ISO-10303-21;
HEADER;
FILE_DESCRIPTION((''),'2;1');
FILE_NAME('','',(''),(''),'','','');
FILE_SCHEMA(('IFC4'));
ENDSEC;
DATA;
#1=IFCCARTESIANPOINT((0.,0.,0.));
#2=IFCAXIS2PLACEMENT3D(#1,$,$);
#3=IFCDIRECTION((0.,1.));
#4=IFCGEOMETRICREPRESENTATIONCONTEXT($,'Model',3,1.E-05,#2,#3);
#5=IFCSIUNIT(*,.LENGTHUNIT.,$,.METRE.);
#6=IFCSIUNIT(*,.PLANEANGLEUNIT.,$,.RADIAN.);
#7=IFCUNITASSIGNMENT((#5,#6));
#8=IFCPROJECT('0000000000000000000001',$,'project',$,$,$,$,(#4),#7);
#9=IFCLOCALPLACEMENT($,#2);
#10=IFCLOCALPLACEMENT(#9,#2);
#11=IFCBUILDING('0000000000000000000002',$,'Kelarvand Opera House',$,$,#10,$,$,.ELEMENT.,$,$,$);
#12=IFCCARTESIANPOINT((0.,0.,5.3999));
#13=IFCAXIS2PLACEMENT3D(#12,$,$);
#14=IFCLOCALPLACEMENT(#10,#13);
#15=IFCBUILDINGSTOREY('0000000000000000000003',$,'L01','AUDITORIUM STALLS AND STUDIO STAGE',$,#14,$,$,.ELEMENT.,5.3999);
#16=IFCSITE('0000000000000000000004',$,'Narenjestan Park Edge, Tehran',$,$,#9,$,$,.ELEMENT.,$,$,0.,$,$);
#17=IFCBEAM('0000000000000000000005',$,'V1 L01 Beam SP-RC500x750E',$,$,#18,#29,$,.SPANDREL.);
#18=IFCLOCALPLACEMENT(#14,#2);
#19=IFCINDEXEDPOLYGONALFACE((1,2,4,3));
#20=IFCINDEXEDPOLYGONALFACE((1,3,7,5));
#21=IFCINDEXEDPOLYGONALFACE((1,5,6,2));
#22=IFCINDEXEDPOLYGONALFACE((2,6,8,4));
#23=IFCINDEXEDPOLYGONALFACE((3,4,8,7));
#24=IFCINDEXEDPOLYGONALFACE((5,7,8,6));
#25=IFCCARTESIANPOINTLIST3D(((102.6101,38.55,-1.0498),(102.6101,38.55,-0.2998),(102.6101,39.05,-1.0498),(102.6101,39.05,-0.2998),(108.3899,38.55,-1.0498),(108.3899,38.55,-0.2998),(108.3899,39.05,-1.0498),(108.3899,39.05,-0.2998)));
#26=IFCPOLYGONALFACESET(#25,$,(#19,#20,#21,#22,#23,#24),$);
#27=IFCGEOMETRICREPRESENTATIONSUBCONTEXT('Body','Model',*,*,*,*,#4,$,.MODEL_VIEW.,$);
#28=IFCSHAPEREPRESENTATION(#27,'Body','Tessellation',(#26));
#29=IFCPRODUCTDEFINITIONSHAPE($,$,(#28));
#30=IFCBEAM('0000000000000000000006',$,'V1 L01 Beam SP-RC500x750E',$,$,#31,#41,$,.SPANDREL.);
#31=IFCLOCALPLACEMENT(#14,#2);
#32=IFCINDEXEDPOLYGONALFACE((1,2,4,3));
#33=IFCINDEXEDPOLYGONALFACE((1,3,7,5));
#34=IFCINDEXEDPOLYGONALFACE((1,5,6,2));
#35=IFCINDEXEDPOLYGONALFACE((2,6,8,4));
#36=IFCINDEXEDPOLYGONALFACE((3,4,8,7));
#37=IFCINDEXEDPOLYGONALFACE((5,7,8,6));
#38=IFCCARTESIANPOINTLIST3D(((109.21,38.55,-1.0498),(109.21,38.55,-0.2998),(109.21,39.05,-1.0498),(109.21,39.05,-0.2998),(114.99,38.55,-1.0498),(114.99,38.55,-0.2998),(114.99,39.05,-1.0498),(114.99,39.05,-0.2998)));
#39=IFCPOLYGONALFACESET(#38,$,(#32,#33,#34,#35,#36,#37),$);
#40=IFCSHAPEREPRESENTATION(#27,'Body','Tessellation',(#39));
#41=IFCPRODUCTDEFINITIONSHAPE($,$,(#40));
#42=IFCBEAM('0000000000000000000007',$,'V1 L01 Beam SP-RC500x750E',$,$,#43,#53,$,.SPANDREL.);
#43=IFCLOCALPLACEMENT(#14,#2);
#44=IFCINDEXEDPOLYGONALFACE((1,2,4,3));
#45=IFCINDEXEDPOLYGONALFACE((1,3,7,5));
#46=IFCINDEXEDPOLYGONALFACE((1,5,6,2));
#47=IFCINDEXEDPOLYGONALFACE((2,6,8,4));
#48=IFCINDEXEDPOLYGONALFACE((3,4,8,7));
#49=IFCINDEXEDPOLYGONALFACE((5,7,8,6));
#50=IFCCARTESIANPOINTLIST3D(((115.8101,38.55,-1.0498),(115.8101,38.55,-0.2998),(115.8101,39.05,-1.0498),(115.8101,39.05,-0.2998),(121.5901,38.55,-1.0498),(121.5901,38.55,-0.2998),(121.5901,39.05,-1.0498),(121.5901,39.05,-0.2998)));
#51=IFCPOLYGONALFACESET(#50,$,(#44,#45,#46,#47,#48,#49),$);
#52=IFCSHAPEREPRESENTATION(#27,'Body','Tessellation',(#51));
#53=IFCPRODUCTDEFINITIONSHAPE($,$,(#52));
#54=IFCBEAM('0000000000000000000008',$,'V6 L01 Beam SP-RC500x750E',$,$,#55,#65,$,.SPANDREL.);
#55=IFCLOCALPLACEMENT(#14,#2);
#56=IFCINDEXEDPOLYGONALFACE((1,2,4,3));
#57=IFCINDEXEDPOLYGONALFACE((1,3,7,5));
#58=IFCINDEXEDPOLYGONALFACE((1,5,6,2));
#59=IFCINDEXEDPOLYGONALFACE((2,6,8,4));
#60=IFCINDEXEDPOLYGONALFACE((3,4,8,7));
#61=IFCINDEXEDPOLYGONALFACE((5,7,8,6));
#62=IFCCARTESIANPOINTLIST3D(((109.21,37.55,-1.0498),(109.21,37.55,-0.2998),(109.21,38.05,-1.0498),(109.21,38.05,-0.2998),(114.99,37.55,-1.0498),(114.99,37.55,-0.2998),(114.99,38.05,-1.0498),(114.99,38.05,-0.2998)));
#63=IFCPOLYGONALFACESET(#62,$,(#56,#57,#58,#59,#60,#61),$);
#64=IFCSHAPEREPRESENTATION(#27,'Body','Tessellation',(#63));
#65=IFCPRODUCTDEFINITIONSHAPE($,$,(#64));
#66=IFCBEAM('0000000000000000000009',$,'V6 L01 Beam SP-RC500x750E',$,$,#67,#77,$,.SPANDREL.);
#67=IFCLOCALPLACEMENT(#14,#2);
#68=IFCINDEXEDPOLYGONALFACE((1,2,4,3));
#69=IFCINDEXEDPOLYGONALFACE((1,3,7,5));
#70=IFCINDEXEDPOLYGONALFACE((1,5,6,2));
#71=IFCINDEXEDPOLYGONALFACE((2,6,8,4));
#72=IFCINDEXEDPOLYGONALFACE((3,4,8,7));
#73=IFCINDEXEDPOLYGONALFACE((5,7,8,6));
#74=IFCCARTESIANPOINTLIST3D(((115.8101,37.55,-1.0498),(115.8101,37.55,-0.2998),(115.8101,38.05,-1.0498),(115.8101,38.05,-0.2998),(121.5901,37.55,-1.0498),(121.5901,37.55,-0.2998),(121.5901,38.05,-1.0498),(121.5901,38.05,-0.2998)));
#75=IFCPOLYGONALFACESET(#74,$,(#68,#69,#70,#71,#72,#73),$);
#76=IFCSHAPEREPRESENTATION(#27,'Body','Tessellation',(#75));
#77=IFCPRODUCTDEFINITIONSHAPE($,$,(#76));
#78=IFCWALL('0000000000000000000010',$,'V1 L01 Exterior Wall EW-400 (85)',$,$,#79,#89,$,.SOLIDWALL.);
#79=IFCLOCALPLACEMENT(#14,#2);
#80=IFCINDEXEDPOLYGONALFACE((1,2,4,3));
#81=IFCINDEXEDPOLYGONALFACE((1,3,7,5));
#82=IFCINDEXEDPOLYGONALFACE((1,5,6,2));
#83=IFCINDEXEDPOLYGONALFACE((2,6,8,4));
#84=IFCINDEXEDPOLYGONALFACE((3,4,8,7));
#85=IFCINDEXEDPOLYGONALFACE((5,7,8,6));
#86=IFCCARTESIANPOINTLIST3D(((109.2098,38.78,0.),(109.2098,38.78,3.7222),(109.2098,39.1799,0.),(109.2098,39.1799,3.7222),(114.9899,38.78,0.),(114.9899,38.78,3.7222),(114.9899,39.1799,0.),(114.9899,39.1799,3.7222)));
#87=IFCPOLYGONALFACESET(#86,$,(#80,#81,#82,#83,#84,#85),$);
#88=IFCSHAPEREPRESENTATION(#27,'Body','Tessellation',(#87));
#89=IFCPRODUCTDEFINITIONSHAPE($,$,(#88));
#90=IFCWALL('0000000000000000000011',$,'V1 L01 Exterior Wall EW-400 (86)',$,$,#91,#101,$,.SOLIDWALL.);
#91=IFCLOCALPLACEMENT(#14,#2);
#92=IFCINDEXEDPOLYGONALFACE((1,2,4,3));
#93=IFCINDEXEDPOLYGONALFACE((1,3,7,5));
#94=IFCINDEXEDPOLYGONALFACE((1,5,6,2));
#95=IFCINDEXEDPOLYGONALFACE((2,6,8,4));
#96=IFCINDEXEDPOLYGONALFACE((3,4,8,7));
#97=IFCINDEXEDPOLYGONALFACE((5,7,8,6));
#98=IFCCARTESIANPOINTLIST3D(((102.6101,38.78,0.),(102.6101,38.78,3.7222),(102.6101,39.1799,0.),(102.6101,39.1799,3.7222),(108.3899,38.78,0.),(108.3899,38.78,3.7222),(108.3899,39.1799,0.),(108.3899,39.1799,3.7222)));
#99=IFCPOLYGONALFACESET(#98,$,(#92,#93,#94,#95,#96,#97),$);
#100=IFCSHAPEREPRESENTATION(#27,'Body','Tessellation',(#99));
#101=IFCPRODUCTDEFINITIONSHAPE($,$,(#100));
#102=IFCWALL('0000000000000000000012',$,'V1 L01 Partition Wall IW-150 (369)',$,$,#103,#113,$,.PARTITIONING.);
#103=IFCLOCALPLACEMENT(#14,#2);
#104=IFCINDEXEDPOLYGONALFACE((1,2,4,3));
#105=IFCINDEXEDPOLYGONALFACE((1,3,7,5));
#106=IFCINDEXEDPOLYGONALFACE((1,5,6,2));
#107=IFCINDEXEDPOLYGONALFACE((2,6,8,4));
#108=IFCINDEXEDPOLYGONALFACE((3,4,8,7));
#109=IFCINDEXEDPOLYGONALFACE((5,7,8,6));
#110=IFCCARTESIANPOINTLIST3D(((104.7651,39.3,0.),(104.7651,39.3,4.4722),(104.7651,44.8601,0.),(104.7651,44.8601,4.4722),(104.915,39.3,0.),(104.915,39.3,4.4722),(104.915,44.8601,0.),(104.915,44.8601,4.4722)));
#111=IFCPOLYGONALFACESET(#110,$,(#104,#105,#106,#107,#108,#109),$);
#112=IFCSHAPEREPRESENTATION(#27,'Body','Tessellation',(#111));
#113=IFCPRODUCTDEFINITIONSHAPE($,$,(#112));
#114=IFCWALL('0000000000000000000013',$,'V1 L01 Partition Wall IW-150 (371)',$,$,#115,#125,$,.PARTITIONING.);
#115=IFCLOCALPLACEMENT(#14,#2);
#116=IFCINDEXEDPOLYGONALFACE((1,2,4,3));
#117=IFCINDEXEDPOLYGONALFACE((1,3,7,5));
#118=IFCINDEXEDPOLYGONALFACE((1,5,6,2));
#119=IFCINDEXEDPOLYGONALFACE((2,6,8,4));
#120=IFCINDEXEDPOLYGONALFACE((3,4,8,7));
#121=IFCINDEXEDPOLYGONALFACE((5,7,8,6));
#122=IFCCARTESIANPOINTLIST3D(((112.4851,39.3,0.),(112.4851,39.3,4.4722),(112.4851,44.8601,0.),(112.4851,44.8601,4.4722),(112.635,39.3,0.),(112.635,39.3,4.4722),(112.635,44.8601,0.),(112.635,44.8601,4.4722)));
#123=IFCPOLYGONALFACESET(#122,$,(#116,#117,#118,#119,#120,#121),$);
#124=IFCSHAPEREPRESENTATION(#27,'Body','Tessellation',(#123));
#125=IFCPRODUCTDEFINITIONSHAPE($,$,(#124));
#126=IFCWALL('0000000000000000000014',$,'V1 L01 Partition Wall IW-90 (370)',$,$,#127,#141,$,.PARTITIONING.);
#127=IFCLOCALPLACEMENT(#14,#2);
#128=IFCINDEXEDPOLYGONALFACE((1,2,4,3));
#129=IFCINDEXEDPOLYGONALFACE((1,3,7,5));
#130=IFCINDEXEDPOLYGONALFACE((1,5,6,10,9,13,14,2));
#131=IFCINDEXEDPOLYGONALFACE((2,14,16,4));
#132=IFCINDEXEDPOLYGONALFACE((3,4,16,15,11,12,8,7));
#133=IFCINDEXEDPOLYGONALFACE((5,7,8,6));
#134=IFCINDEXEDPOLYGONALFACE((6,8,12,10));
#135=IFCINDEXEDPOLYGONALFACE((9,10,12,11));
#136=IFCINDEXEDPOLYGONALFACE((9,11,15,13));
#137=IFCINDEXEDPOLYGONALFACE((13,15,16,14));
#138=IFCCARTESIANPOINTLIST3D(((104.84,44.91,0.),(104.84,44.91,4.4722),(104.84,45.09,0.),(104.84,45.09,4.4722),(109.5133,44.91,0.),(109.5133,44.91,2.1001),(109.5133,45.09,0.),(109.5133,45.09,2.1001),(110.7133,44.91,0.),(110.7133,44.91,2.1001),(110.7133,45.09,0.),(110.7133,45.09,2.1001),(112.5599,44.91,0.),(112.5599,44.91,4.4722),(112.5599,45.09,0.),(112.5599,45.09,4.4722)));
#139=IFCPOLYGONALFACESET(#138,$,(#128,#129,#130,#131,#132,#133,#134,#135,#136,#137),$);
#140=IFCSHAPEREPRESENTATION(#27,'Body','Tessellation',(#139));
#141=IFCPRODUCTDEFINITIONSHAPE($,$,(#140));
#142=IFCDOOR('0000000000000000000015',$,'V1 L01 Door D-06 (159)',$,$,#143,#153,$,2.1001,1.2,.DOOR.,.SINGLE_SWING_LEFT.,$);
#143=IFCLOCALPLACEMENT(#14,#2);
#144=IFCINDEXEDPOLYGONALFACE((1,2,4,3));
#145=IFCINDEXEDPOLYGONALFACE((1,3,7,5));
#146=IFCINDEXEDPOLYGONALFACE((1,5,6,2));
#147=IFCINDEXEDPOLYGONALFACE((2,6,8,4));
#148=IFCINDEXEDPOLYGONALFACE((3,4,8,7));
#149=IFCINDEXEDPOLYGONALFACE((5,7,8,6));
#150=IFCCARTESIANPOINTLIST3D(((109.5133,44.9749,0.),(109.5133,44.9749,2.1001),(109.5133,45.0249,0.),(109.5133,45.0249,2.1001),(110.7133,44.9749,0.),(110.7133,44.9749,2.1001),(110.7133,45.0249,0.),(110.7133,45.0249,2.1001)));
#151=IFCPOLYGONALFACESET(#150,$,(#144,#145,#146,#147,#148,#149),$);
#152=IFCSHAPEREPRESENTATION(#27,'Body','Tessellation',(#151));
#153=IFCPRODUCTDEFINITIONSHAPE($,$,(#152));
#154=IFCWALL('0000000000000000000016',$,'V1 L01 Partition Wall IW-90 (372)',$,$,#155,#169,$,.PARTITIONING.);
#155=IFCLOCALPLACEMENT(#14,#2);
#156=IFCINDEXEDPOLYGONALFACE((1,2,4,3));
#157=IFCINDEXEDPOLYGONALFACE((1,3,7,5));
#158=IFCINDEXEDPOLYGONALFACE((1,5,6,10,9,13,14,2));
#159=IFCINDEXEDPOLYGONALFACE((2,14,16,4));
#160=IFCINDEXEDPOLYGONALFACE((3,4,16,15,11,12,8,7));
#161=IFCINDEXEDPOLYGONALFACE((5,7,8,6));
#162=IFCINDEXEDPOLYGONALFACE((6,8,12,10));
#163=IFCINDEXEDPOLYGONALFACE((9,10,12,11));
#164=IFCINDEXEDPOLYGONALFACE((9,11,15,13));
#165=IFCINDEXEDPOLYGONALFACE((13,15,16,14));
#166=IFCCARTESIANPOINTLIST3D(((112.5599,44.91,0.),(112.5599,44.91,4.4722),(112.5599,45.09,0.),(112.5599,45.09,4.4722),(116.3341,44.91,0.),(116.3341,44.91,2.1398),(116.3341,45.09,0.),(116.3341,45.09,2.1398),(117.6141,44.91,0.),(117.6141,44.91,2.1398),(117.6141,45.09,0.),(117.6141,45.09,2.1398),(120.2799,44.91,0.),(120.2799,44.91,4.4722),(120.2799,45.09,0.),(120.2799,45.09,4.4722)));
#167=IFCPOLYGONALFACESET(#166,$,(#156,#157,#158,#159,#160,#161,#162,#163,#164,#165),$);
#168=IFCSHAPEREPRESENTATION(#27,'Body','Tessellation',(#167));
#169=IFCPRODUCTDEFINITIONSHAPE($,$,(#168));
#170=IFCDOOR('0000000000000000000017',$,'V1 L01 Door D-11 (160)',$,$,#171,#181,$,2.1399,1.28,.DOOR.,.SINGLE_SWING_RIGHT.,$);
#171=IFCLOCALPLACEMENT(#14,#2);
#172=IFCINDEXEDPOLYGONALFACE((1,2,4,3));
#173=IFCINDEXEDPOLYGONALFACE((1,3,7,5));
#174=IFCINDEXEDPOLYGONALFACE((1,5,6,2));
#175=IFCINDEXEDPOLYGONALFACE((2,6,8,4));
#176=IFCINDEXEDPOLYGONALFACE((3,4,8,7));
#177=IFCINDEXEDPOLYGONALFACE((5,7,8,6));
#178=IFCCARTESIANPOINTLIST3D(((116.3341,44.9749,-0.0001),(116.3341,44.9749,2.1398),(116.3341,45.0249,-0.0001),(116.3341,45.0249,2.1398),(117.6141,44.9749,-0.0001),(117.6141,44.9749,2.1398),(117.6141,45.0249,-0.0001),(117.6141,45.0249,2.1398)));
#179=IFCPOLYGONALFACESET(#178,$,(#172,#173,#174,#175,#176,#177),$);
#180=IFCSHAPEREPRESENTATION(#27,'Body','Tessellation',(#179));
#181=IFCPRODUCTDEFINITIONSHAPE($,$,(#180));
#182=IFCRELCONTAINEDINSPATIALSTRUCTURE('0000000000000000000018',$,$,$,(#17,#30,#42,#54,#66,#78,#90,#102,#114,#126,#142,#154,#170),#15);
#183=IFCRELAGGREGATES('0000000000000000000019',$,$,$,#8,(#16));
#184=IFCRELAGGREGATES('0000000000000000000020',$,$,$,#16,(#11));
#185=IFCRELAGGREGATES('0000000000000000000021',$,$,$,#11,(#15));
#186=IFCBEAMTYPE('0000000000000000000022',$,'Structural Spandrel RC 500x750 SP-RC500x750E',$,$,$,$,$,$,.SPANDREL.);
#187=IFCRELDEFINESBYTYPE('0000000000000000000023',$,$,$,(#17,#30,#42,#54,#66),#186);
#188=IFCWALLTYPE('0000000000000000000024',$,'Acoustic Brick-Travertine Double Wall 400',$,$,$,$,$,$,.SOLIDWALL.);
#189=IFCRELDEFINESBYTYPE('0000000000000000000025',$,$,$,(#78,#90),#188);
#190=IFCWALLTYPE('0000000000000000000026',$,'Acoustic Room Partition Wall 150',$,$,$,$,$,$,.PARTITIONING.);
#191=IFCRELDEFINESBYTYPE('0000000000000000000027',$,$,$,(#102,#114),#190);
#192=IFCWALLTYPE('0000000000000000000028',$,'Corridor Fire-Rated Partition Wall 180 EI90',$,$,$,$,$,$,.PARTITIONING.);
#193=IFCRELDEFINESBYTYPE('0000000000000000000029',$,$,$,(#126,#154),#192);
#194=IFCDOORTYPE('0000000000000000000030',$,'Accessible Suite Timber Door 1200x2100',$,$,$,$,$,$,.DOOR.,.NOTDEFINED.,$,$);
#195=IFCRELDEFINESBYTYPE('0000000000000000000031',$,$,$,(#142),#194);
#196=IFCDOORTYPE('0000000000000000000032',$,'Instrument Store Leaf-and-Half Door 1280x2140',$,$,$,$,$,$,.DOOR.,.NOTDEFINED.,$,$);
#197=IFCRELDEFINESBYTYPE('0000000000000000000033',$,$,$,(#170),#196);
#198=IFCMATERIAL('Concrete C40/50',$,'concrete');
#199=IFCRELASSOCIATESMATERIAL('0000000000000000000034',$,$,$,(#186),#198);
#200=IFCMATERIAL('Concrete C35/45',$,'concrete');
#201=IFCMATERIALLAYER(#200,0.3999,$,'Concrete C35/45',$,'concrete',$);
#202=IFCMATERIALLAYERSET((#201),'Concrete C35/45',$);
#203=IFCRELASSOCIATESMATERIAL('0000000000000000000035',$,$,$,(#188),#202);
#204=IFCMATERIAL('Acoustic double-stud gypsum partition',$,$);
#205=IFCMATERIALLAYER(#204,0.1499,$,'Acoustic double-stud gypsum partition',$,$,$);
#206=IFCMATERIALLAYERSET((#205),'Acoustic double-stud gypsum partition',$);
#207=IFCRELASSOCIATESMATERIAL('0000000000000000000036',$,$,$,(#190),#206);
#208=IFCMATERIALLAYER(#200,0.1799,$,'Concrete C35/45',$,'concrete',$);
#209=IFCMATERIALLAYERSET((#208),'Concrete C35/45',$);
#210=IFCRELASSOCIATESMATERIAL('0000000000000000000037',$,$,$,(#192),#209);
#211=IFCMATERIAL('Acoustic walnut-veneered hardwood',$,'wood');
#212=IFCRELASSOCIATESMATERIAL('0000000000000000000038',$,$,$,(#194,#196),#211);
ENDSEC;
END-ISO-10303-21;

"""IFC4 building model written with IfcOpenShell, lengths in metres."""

from ifc_helpers import new_model, si_unit, direction, frame, frame_2d, origin, origin_2d, place, context, subcontext, project, spatial, rectangle, extrude, material, layer, layer_set, material_profile, profile_set, type_object, element, fill, save


model = new_model("IFC4")

# Units and contexts
model_context = context("Model", 3, precision=1e-05, world=origin(), true_north=direction((0.0, 1.0)))
body_context = subcontext(model_context, "Body", "Model", "MODEL_VIEW")
ifc_project = project(units=[si_unit("LENGTHUNIT", "METRE"), si_unit("PLANEANGLEUNIT", "RADIAN")], contexts=[model_context])

# Site, building, storey
site_placement = place(None, origin())
site = spatial("IfcSite", under=ifc_project, at=site_placement, Name="Narenjestan Park Edge, Tehran", CompositionType="ELEMENT", RefElevation=0.0)
building_placement = place(site_placement, origin())
building = spatial("IfcBuilding", under=site, at=building_placement, Name="Kelarvand Opera House", CompositionType="ELEMENT")
storey_placement = place(building_placement, frame((0.0, 0.0, 5.3999)))
storey = spatial("IfcBuildingStorey", under=building, at=storey_placement, Name="L01", Description="AUDITORIUM STALLS AND STUDIO STAGE", CompositionType="ELEMENT", Elevation=5.3999)

# Shared definitions
ifc_material_1 = material(Name="Concrete C40/50", Category="concrete")

# Beams
ifc_material_2 = material(Name="Concrete C35/45", Category="concrete")
ifc_material_profile_1 = material_profile(ifc_material_1, rectangle(XDim=0.5, YDim=0.75, at=origin_2d()), Name="RC 500x750", Category="concrete")
ifc_profile_set_1 = profile_set([ifc_material_profile_1], Name="Concrete C40/50")
beam_type_1 = type_object("IfcBeamType", Name="Structural Spandrel RC 500x750 SP-RC500x750E", PredefinedType="SPANDREL", material=ifc_profile_set_1)
beam_1_placement = place(storey_placement, frame((102.6101, 38.8, -0.6748), z_axis=(1.0, 0.0, 0.0), x_axis=(0.0, 1.0, 0.0)))
element("IfcBeam", 1, at=beam_1_placement, inside=storey, type_object=beam_type_1, Name="V1 L01 Beam SP-RC500x750E", PredefinedType="SPANDREL", context=body_context, shape_type="SweptSolid", body=[
    extrude(rectangle(XDim=0.5, YDim=0.75, at=origin_2d()), origin(), (0.0, 0.0, 1.0), 5.7798),
])
for number, where, z_axis, x_axis, name in (
    (2, (109.21, 38.8, -0.6748), (1.0, 0.0, 0.0), (0.0, 1.0, 0.0), "V1 L01 Beam SP-RC500x750E"),
    (3, (115.8101, 38.8, -0.6748), (1.0, 0.0, 0.0), (0.0, 1.0, 0.0), "V1 L01 Beam SP-RC500x750E"),
    (4, (109.21, 37.8, -0.6748), (1.0, 0.0, 0.0), (0.0, 1.0, 0.0), "V6 L01 Beam SP-RC500x750E"),
    (5, (115.8101, 37.8, -0.6748), (1.0, 0.0, 0.0), (0.0, 1.0, 0.0), "V6 L01 Beam SP-RC500x750E"),
):
    element("IfcBeam", number, at=place(storey_placement, frame(where, z_axis=z_axis, x_axis=x_axis)), inside=storey, type_object=beam_type_1, Name=name, PredefinedType="SPANDREL", context=body_context, shape_type="SweptSolid", body=[
        extrude(rectangle(XDim=0.5, YDim=0.75, at=origin_2d()), origin(), (0.0, 0.0, 1.0), 5.78),
    ])

# Walls
ifc_layer_1 = layer(ifc_material_2, 0.3999, Name="Concrete C35/45", Category="concrete")
ifc_layer_set_1 = layer_set([ifc_layer_1], Name="Concrete C35/45")
wall_type_1 = type_object("IfcWallType", Name="Acoustic Brick-Travertine Double Wall 400", PredefinedType="SOLIDWALL", material=ifc_layer_set_1)
wall_1_placement = place(storey_placement, frame((114.99, 38.98, 0.0), z_axis=(0.0, 0.0, 1.0), x_axis=(-1.0, 0.0, 0.0)))
element("IfcWall", 6, at=wall_1_placement, inside=storey, type_object=wall_type_1, Name="V1 L01 Exterior Wall EW-400 (85)", PredefinedType="SOLIDWALL", context=body_context, shape_type="SweptSolid", body=[
    extrude(rectangle(XDim=5.78, YDim=0.3999, at=frame_2d((2.8901, 0.0))), origin(), (0.0, 0.0, 1.0), 3.7222),
])
wall_2_placement = place(storey_placement, frame((108.3899, 38.98, 0.0), z_axis=(0.0, 0.0, 1.0), x_axis=(-1.0, 0.0, 0.0)))
element("IfcWall", 7, at=wall_2_placement, inside=storey, type_object=wall_type_1, Name="V1 L01 Exterior Wall EW-400 (86)", PredefinedType="SOLIDWALL", context=body_context, shape_type="SweptSolid", body=[
    extrude(rectangle(XDim=5.7798, YDim=0.3999, at=frame_2d((2.8899, 0.0))), origin(), (0.0, 0.0, 1.0), 3.7222),
])
ifc_material_3 = material(Name="Acoustic double-stud gypsum partition")
ifc_layer_2 = layer(ifc_material_3, 0.1499, Name="Acoustic double-stud gypsum partition")
ifc_layer_set_2 = layer_set([ifc_layer_2], Name="Acoustic double-stud gypsum partition")
wall_type_2 = type_object("IfcWallType", Name="Acoustic Room Partition Wall 150", PredefinedType="PARTITIONING", material=ifc_layer_set_2)
for number, where, z_axis, x_axis, name in (
    (8, (104.8401, 39.3, 0.0), (0.0, 0.0, 1.0), (0.0, 1.0, 0.0), "V1 L01 Partition Wall IW-150 (369)"),
    (9, (112.5601, 39.3, 0.0), (0.0, 0.0, 1.0), (0.0, 1.0, 0.0), "V1 L01 Partition Wall IW-150 (371)"),
):
    element("IfcWall", number, at=place(storey_placement, frame(where, z_axis=z_axis, x_axis=x_axis)), inside=storey, type_object=wall_type_2, Name=name, PredefinedType="PARTITIONING", context=body_context, shape_type="SweptSolid", body=[
        extrude(rectangle(XDim=5.5601, YDim=0.1499, at=frame_2d((2.78, 0.0))), origin(), (0.0, 0.0, 1.0), 4.4722),
    ])

# Walls, openings, doors
ifc_layer_3 = layer(ifc_material_2, 0.1799, Name="Concrete C35/45", Category="concrete")
ifc_layer_set_3 = layer_set([ifc_layer_3], Name="Concrete C35/45")
wall_type_3 = type_object("IfcWallType", Name="Corridor Fire-Rated Partition Wall 180 EI90", PredefinedType="PARTITIONING", material=ifc_layer_set_3)
wall_3_placement = place(storey_placement, frame((104.8401, 45.0, 0.0), z_axis=(0.0, 0.0, 1.0), x_axis=(1.0, 0.0, 0.0)))
wall_3 = element("IfcWall", 10, at=wall_3_placement, inside=storey, type_object=wall_type_3, Name="V1 L01 Partition Wall IW-90 (370)", PredefinedType="PARTITIONING", context=body_context, shape_type="SweptSolid", body=[
    extrude(rectangle(XDim=7.72, YDim=0.1799, at=frame_2d((3.8599, 0.0))), origin(), (0.0, 0.0, 1.0), 4.4722),
])
opening_1_placement = place(wall_3_placement, frame((4.6731, 0.0, 0.0)))
opening_1 = element("IfcOpeningElement", 11, at=opening_1_placement, cuts=wall_3, PredefinedType="OPENING", context=body_context, shape_type="SweptSolid", body=[
    extrude(rectangle(XDim=1.2, YDim=2.1001, at=frame_2d((0.6001, 1.05))), frame((0.0, 0.1001, 0.0), z_axis=(0.0, -1.0, 0.0), x_axis=(1.0, 0.0, 0.0)), (0.0, 0.0, 1.0), 0.2),
])
ifc_material_4 = material(Name="Acoustic walnut-veneered hardwood", Category="wood")
door_type_1 = type_object("IfcDoorType", Name="Accessible Suite Timber Door 1200x2100", OperationType="NOTDEFINED", PredefinedType="DOOR", material=ifc_material_4)
door_1_placement = place(opening_1_placement, origin())
door_1 = element("IfcDoor", 12, at=door_1_placement, inside=storey, type_object=door_type_1, Name="V1 L01 Door D-06 (159)", OperationType="SINGLE_SWING_LEFT", OverallHeight=2.1001, OverallWidth=1.2, PredefinedType="DOOR", context=body_context, shape_type="SweptSolid", body=[
    extrude(rectangle(XDim=1.2, YDim=2.1001, at=frame_2d((0.6001, 1.05))), frame((0.0, 0.0249, 0.0), z_axis=(0.0, -1.0, 0.0), x_axis=(1.0, 0.0, 0.0)), (0.0, 0.0, 1.0), 0.05),
])
fill(opening_1, door_1)
wall_4_placement = place(storey_placement, frame((112.5601, 45.0, 0.0), z_axis=(0.0, 0.0, 1.0), x_axis=(1.0, 0.0, 0.0)))
wall_4 = element("IfcWall", 13, at=wall_4_placement, inside=storey, type_object=wall_type_3, Name="V1 L01 Partition Wall IW-90 (372)", PredefinedType="PARTITIONING", context=body_context, shape_type="SweptSolid", body=[
    extrude(rectangle(XDim=7.72, YDim=0.1799, at=frame_2d((3.8599, 0.0))), origin(), (0.0, 0.0, 1.0), 4.4722),
])
opening_2_placement = place(wall_4_placement, frame((3.7739, 0.0, 0.0)))
opening_2 = element("IfcOpeningElement", 14, at=opening_2_placement, cuts=wall_4, PredefinedType="OPENING", context=body_context, shape_type="SweptSolid", body=[
    extrude(rectangle(XDim=1.28, YDim=2.1399, at=frame_2d((0.6401, 1.0698))), frame((0.0, 0.1001, 0.0), z_axis=(0.0, -1.0, 0.0), x_axis=(1.0, 0.0, 0.0)), (0.0, 0.0, 1.0), 0.2),
])
door_type_2 = type_object("IfcDoorType", Name="Instrument Store Leaf-and-Half Door 1280x2140", OperationType="NOTDEFINED", PredefinedType="DOOR", material=ifc_material_4)
door_2_placement = place(opening_2_placement, origin())
door_2 = element("IfcDoor", 15, at=door_2_placement, inside=storey, type_object=door_type_2, Name="V1 L01 Door D-11 (160)", OperationType="SINGLE_SWING_RIGHT", OverallHeight=2.1399, OverallWidth=1.28, PredefinedType="DOOR", context=body_context, shape_type="SweptSolid", body=[
    extrude(rectangle(XDim=1.28, YDim=2.1399, at=frame_2d((0.6401, 1.0698))), frame((0.0, 0.0249, 0.0), z_axis=(0.0, -1.0, 0.0), x_axis=(1.0, 0.0, 0.0)), (0.0, 0.0, 1.0), 0.05),
])
fill(opening_2, door_2)

save(model, "model.ifc")
